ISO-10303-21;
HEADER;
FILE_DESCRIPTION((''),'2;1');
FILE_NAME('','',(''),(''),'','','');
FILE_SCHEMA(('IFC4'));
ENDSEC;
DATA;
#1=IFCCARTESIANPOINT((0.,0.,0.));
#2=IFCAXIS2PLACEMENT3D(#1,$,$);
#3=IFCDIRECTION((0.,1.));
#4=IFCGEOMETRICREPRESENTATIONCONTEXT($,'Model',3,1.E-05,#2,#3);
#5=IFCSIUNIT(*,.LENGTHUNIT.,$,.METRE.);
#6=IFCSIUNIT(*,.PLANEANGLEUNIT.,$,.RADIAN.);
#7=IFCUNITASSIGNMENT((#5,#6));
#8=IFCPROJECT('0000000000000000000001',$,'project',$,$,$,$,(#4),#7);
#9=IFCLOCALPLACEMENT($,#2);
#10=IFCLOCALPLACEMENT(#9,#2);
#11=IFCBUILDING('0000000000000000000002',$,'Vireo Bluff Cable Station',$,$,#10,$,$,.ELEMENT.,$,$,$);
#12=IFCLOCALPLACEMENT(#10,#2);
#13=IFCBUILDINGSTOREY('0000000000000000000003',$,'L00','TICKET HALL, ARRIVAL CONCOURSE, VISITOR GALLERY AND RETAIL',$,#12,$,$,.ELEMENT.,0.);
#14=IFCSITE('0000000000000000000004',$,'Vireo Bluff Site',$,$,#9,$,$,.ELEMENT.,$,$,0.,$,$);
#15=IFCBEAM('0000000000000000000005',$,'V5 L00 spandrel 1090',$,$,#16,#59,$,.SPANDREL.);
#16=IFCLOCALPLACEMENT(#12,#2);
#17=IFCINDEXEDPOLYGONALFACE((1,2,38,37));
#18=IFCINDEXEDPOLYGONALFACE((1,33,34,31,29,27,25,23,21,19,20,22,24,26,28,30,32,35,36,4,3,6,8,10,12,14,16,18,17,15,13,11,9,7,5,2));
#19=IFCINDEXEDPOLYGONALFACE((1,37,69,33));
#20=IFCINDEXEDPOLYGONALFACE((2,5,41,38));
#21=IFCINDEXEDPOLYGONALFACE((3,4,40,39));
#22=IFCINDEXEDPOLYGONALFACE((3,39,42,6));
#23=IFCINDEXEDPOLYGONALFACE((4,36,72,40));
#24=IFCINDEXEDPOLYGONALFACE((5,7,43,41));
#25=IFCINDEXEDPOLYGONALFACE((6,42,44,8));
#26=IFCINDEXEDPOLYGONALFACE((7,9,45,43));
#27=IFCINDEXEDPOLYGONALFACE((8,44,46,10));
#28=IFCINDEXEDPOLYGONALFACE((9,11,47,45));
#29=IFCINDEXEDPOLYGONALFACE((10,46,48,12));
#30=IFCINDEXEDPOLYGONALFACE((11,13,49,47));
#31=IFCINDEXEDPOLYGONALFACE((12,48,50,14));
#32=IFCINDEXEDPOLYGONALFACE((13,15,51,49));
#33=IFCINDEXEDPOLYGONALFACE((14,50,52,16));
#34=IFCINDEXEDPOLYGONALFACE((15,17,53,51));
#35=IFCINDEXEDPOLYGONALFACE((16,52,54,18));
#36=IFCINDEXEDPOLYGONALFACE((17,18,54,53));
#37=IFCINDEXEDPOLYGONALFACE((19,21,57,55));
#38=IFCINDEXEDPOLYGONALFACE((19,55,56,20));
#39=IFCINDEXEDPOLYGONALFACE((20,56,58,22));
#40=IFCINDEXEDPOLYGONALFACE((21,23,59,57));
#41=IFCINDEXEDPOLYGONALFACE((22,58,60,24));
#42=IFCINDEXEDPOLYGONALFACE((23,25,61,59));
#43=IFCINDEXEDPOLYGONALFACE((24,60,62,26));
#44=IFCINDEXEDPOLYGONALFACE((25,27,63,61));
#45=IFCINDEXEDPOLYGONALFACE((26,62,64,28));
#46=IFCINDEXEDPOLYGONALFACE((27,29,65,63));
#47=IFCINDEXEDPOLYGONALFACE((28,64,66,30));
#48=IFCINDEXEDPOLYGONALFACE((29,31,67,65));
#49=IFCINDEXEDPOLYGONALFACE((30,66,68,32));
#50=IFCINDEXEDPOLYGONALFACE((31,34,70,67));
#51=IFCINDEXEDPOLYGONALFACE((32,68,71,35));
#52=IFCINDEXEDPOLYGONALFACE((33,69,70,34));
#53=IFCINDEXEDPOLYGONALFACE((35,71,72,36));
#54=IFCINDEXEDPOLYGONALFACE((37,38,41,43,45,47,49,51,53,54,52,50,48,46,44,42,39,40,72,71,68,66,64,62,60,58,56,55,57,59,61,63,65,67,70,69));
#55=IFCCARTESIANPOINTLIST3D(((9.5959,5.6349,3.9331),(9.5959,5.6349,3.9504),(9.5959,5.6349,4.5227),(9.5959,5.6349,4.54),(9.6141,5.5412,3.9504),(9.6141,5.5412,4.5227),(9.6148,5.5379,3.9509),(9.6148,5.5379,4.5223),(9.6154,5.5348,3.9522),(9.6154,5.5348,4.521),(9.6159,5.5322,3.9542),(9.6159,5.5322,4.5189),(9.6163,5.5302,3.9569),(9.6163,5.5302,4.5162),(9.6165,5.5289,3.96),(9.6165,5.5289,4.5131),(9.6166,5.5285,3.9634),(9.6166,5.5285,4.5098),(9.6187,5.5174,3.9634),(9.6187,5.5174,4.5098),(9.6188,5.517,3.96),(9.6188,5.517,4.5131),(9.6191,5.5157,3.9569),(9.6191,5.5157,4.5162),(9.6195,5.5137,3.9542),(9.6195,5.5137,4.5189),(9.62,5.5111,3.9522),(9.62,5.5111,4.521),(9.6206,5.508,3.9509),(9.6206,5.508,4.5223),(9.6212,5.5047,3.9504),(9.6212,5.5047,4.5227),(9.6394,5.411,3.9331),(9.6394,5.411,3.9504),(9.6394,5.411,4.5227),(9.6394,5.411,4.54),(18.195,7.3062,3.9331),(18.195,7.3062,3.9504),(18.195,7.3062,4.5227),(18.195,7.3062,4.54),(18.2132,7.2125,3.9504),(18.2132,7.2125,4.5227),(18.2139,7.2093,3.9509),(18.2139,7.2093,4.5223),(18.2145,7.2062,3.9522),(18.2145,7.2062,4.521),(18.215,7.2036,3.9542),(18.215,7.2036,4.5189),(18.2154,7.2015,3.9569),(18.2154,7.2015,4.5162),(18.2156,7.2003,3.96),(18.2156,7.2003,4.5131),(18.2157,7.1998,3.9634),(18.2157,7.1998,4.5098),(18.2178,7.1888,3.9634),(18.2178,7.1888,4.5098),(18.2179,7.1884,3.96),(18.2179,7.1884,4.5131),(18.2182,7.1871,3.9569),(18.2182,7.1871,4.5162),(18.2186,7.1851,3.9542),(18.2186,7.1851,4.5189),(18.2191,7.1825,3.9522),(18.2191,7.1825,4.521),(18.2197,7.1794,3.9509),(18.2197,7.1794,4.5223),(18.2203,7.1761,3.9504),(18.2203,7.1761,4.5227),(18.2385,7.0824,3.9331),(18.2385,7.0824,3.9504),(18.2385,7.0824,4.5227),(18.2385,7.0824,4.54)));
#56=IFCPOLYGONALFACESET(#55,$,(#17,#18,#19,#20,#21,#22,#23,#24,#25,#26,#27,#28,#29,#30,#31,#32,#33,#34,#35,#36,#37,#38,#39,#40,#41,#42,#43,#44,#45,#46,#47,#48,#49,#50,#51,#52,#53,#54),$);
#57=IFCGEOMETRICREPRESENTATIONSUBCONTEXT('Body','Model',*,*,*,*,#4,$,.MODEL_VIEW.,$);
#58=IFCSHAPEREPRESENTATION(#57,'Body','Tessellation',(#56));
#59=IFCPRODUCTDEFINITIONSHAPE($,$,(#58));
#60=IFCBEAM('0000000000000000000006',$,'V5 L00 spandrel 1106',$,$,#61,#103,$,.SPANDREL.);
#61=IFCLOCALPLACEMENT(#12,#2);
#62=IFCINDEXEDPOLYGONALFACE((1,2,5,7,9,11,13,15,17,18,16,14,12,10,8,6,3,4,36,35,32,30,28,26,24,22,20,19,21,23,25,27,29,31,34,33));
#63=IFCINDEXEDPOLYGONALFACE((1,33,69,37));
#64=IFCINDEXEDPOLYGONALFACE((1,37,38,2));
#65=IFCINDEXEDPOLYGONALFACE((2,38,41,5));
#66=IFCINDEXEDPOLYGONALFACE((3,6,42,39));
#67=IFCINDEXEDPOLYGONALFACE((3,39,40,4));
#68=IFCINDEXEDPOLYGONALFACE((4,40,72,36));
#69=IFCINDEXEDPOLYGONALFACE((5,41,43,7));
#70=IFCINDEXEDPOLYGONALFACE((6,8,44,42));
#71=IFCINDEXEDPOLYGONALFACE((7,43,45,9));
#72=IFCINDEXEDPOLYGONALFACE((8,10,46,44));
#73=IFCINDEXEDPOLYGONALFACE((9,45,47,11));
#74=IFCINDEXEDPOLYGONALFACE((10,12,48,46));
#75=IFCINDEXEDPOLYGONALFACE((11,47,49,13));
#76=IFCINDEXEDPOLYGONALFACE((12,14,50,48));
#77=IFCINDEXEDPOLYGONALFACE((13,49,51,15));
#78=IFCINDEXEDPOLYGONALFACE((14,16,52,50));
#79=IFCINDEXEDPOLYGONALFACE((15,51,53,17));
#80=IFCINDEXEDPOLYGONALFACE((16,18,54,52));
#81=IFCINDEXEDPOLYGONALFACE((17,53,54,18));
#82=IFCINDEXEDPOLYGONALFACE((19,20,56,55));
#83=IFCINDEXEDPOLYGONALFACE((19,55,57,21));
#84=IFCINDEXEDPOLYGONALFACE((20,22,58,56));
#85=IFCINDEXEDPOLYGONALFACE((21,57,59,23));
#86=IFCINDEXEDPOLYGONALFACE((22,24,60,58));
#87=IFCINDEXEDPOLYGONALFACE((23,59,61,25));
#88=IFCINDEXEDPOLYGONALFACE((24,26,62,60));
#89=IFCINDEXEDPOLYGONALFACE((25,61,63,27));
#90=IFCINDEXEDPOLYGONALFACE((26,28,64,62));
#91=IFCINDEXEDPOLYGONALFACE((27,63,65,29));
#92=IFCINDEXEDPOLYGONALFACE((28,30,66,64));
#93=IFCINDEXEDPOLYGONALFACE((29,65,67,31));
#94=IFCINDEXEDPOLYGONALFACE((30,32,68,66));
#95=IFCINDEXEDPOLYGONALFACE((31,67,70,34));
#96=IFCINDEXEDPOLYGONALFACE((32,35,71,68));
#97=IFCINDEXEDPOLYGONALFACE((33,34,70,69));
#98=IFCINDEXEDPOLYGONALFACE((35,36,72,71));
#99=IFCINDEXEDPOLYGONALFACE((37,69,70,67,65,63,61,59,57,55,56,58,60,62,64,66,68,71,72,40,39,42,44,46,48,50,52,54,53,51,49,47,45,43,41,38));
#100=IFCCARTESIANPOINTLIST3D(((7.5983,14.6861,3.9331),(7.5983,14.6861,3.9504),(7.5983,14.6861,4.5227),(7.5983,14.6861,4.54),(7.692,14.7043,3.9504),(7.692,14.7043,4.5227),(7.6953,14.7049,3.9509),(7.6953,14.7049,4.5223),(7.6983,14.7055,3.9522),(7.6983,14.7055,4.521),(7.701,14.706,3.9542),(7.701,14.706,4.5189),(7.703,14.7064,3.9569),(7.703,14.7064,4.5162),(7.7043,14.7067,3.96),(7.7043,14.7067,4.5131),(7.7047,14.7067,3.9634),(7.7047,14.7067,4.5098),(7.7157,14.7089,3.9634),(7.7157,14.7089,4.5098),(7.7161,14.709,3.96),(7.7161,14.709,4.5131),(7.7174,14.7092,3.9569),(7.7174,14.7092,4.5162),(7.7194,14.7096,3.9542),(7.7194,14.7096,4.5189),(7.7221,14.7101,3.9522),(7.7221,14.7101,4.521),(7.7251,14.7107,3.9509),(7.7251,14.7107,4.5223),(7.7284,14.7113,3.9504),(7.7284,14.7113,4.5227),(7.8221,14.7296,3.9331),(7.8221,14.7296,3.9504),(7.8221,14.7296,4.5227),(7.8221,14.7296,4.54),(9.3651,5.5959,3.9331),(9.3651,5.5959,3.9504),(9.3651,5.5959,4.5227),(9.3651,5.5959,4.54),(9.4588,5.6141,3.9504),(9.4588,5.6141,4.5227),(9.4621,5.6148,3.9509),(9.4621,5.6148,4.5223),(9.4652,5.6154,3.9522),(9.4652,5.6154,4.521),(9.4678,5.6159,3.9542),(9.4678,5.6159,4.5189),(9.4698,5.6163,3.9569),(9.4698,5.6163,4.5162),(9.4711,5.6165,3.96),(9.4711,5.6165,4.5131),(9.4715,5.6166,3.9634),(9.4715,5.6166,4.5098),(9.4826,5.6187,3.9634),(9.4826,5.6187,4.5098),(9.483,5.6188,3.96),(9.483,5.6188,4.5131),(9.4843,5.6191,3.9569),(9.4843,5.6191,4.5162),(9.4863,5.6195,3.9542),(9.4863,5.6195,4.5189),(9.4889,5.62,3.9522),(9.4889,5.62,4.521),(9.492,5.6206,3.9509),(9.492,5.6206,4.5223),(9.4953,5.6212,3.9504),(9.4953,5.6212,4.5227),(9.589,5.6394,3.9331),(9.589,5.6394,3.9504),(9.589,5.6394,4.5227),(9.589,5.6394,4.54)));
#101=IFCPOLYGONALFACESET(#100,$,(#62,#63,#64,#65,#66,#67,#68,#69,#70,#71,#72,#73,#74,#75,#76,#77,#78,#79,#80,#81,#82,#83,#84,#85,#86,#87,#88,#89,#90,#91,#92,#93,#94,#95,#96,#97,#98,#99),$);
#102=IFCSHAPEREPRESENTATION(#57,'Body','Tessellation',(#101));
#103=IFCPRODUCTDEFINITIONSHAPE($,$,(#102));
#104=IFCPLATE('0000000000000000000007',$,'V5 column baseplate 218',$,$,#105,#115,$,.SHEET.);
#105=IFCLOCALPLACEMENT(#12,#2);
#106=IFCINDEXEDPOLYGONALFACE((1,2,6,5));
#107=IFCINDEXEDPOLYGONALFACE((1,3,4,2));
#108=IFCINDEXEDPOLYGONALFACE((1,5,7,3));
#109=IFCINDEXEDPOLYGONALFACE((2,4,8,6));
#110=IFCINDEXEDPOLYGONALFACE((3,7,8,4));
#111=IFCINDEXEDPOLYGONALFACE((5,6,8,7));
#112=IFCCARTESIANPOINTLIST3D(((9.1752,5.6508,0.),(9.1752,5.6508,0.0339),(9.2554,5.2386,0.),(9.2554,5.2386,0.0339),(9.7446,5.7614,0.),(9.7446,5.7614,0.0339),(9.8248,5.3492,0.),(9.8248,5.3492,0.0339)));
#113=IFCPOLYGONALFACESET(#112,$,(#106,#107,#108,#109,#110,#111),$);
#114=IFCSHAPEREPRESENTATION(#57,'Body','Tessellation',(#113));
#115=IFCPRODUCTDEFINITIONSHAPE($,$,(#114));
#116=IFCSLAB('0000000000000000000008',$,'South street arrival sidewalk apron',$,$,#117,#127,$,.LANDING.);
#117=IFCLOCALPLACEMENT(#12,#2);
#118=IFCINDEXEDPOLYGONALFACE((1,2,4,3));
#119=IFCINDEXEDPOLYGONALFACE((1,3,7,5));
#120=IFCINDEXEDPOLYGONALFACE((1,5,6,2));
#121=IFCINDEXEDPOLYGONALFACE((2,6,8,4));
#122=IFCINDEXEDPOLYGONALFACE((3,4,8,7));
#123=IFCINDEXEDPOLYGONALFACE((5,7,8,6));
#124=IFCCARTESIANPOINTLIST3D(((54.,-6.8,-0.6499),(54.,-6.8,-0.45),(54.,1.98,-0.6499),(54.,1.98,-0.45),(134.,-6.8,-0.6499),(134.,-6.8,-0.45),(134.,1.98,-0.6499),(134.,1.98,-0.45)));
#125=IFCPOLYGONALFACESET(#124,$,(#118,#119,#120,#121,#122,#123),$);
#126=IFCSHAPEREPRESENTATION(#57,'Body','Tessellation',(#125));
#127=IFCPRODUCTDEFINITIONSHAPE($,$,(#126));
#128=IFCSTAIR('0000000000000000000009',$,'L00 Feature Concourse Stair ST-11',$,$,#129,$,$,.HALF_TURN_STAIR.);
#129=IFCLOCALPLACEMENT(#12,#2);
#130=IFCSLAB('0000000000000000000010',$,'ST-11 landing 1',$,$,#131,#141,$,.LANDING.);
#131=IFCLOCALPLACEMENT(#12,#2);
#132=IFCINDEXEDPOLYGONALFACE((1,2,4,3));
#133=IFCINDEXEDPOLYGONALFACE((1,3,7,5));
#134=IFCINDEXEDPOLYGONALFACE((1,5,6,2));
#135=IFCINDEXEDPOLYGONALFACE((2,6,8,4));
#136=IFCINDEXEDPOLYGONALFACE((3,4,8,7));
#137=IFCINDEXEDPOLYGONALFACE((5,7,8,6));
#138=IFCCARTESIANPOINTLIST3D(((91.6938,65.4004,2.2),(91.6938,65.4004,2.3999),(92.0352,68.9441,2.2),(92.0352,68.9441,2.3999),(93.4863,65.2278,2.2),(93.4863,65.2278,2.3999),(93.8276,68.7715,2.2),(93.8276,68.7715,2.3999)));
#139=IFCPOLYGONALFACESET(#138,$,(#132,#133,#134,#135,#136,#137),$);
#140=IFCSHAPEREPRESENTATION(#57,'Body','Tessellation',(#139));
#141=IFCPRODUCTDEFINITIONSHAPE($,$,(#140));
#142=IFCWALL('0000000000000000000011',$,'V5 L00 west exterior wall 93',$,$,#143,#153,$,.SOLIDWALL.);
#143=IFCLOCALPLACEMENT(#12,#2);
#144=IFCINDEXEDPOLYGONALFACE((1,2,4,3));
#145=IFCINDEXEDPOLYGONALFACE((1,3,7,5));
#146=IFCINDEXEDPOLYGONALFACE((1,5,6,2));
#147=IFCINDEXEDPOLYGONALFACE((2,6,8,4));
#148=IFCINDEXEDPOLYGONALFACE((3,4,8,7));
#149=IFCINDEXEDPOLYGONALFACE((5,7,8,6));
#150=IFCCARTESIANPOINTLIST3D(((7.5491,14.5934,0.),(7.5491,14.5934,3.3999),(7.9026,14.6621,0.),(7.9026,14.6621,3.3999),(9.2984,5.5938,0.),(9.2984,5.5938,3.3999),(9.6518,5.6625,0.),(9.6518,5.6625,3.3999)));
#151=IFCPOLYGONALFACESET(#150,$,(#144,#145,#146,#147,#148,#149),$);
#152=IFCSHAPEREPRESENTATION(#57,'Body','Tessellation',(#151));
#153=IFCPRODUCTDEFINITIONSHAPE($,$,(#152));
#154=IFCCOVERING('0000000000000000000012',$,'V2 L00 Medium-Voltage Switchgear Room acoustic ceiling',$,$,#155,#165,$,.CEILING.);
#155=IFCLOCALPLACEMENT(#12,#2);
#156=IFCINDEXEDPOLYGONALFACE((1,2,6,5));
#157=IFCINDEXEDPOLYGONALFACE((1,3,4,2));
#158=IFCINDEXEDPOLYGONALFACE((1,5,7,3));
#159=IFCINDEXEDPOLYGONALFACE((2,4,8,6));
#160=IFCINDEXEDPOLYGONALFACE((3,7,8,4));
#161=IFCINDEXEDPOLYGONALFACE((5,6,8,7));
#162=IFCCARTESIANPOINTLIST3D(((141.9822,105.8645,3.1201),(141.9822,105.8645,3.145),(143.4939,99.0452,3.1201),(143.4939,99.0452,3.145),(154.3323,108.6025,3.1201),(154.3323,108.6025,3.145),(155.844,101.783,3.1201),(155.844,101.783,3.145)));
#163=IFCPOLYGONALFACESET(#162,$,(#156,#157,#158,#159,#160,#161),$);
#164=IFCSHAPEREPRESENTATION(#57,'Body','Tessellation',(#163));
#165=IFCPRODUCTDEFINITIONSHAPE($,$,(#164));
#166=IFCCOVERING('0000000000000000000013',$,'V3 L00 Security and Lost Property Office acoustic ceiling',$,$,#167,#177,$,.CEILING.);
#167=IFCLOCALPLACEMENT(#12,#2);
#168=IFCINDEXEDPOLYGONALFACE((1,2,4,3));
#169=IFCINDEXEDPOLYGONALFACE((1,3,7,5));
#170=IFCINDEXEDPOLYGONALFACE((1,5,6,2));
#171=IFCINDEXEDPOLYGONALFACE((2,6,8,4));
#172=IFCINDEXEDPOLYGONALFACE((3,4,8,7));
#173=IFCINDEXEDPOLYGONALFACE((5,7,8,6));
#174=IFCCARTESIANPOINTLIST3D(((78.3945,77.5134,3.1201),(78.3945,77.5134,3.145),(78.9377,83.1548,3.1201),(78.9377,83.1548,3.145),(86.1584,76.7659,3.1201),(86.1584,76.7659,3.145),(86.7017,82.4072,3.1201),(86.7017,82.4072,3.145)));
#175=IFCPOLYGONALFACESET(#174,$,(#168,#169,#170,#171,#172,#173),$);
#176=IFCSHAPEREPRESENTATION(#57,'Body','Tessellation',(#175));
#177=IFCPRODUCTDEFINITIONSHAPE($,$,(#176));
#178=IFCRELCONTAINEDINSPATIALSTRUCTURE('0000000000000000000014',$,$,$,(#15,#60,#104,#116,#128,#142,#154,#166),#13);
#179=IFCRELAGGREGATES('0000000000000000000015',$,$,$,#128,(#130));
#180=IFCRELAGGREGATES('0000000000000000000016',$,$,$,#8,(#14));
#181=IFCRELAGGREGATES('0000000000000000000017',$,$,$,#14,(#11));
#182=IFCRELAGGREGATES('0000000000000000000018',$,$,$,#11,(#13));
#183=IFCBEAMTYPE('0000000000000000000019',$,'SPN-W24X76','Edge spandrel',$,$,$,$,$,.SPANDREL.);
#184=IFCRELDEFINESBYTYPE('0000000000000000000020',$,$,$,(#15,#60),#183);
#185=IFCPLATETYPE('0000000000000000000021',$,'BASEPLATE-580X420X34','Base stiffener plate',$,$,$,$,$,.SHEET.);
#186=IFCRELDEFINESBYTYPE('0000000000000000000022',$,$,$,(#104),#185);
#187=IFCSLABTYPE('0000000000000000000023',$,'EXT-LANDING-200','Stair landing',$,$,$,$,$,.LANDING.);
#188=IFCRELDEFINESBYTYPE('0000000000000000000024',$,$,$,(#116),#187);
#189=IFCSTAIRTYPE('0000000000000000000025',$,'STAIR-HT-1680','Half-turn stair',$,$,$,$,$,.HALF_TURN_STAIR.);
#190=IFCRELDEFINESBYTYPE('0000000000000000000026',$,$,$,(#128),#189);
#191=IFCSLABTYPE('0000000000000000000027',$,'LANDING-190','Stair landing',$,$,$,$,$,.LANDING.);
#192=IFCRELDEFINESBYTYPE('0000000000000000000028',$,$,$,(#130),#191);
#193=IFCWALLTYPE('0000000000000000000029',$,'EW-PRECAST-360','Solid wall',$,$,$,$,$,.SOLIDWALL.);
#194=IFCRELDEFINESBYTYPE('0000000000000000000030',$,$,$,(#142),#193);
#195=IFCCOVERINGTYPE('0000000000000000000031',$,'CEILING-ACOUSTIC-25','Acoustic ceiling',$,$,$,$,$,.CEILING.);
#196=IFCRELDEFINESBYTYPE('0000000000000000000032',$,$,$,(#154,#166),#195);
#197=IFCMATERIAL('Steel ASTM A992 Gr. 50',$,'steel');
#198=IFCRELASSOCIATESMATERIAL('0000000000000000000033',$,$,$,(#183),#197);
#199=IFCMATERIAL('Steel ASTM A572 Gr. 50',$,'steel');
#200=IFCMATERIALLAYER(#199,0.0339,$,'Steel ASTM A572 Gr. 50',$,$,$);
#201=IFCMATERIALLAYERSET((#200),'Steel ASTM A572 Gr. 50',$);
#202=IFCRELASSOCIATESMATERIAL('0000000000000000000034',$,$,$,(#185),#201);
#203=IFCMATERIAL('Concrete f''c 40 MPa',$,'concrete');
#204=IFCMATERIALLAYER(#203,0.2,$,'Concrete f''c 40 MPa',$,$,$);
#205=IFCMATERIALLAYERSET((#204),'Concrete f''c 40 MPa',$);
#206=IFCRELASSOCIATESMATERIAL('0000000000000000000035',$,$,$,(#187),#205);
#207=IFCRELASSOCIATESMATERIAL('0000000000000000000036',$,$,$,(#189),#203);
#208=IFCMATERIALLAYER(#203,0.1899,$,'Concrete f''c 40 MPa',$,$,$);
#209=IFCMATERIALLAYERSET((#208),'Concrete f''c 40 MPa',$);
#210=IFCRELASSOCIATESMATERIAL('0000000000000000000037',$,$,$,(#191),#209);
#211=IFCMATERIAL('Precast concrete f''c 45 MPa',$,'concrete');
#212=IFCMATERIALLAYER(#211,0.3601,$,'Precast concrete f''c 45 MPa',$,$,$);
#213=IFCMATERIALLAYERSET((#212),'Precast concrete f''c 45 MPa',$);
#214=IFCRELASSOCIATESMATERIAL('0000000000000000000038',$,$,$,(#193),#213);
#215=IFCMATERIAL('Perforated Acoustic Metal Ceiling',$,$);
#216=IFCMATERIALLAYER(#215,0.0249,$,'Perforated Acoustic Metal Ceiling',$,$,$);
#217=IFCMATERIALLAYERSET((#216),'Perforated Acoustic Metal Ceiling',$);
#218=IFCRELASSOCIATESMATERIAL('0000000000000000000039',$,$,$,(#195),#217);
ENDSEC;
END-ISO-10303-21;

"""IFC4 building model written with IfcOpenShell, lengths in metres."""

from ifc_helpers import new_model, si_unit, direction, frame, frame_2d, origin, origin_2d, place, context, subcontext, project, spatial, polyline, rectangle, i_section, outline, extrude, material, layer, layer_set, material_profile, profile_set, type_object, element, aggregate, save


model = new_model("IFC4")

# Units and contexts
model_context = context("Model", 3, precision=1e-05, world=origin(), true_north=direction((0.0, 1.0)))
body_context = subcontext(model_context, "Body", "Model", "MODEL_VIEW")
ifc_project = project(units=[si_unit("LENGTHUNIT", "METRE"), si_unit("PLANEANGLEUNIT", "RADIAN")], contexts=[model_context])

# Site, building, storey
site_placement = place(None, origin())
site = spatial("IfcSite", under=ifc_project, at=site_placement, Name="Vireo Bluff Site", CompositionType="ELEMENT", RefElevation=0.0)
building_placement = place(site_placement, origin())
building = spatial("IfcBuilding", under=site, at=building_placement, Name="Vireo Bluff Cable Station", CompositionType="ELEMENT")
storey_placement = place(building_placement, origin())
storey = spatial("IfcBuildingStorey", under=building, at=storey_placement, Name="L00", Description="TICKET HALL, ARRIVAL CONCOURSE, VISITOR GALLERY AND RETAIL", CompositionType="ELEMENT", Elevation=0.0)

# Shared definitions
ifc_material_1 = material(Name="Concrete f'c 40 MPa", Category="concrete")

# Shared definitions
ifc_material_2 = material(Name="Steel ASTM A992 Gr. 50", Category="steel")

# Beams
ifc_material_profile_1 = material_profile(ifc_material_2, i_section(OverallWidth=0.228, OverallDepth=0.6069, WebThickness=0.0112, FlangeThickness=0.0173, FilletRadius=0.0129, at=origin_2d()), Name="W24X76")
ifc_profile_set_1 = profile_set([ifc_material_profile_1], Name="Steel ASTM A992 Gr. 50")
beam_type = type_object("IfcBeamType", Name="SPN-W24X76", Description="Edge spandrel", PredefinedType="SPANDREL", material=ifc_profile_set_1)
beam_1_placement = place(storey_placement, frame((9.6177, 5.5229, 4.2366), z_axis=(0.98163, 0.190797, 0.0), x_axis=(-0.190797, 0.98163, 0.0)))
element("IfcBeam", 1, at=beam_1_placement, inside=storey, type_object=beam_type, Name="V5 L00 spandrel 1090", PredefinedType="SPANDREL", context=body_context, shape_type="SweptSolid", body=[
    extrude(i_section(OverallWidth=0.228, OverallDepth=0.6069, WebThickness=0.0112, FlangeThickness=0.0173, FilletRadius=0.0129, at=origin_2d()), origin(), (0.0, 0.0, 1.0), 8.76),
])
beam_2_placement = place(storey_placement, frame((9.4771, 5.6177, 4.2366), z_axis=(-0.1908, 0.981629, 0.0), x_axis=(-0.981629, -0.1908, 0.0)))
element("IfcBeam", 2, at=beam_2_placement, inside=storey, type_object=beam_type, Name="V5 L00 spandrel 1106", PredefinedType="SPANDREL", context=body_context, shape_type="SweptSolid", body=[
    extrude(i_section(OverallWidth=0.228, OverallDepth=0.6069, WebThickness=0.0112, FlangeThickness=0.0173, FilletRadius=0.0129, at=origin_2d()), origin(), (0.0, 0.0, 1.0), 9.2603),
])

# Plate
ifc_material_3 = material(Name="Steel ASTM A572 Gr. 50", Category="steel")
ifc_layer_1 = layer(ifc_material_3, 0.0339, Name="Steel ASTM A572 Gr. 50")
ifc_layer_set_1 = layer_set([ifc_layer_1], Name="Steel ASTM A572 Gr. 50")
plate_type = type_object("IfcPlateType", Name="BASEPLATE-580X420X34", Description="Base stiffener plate", PredefinedType="SHEET", material=ifc_layer_set_1)
plate_placement = place(storey_placement, frame((9.5, 5.5, 0.0), z_axis=(0.0, 0.0, 1.0), x_axis=(0.981627, 0.190809, 0.0)))
element("IfcPlate", 3, at=plate_placement, inside=storey, type_object=plate_type, Name="V5 column baseplate 218", PredefinedType="SHEET", context=body_context, shape_type="SweptSolid", body=[
    extrude(rectangle(XDim=0.5801, YDim=0.4199, at=origin_2d()), origin(), (0.0, 0.0, 1.0), 0.0339),
])

# Slab
ifc_layer_2 = layer(ifc_material_1, 0.2, Name="Concrete f'c 40 MPa")
ifc_layer_set_2 = layer_set([ifc_layer_2], Name="Concrete f'c 40 MPa")
slab_type_1 = type_object("IfcSlabType", Name="EXT-LANDING-200", Description="Stair landing", PredefinedType="LANDING", material=ifc_layer_set_2)
slab_1_placement = place(storey_placement, frame((0.0, 0.0, -0.6499)))
element("IfcSlab", 4, at=slab_1_placement, inside=storey, type_object=slab_type_1, Name="South street arrival sidewalk apron", PredefinedType="LANDING", context=body_context, shape_type="SweptSolid", body=[
    extrude(outline(polyline([(54.0, -6.8), (134.0, -6.8), (134.0, 1.98), (54.0, 1.98), (54.0, -6.8)])), origin(), (0.0, 0.0, 1.0), 0.2),
])

# Stair, slab
stair_type = type_object("IfcStairType", Name="STAIR-HT-1680", Description="Half-turn stair", PredefinedType="HALF_TURN_STAIR", material=ifc_material_1)
stair_placement = place(storey_placement, origin())
stair = element("IfcStair", 5, at=stair_placement, inside=storey, type_object=stair_type, Name="L00 Feature Concourse Stair ST-11", PredefinedType="HALF_TURN_STAIR")
ifc_layer_3 = layer(ifc_material_1, 0.1899, Name="Concrete f'c 40 MPa")
ifc_layer_set_3 = layer_set([ifc_layer_3], Name="Concrete f'c 40 MPa")
slab_type_2 = type_object("IfcSlabType", Name="LANDING-190", Description="Stair landing", PredefinedType="LANDING", material=ifc_layer_set_3)
slab_2_placement = place(storey_placement, frame((0.0, 0.0, 2.2)))
slab_2 = element("IfcSlab", 6, at=slab_2_placement, type_object=slab_type_2, Name="ST-11 landing 1", PredefinedType="LANDING", context=body_context, shape_type="SweptSolid", body=[
    extrude(outline(polyline([(91.6938, 65.4004), (93.4863, 65.2278), (93.8276, 68.7715), (92.0352, 68.9441), (91.6938, 65.4004)])), origin(), (0.0, 0.0, 1.0), 0.2),
])
aggregate(stair, [slab_2])

# Wall
ifc_material_4 = material(Name="Precast concrete f'c 45 MPa", Category="concrete")
ifc_layer_4 = layer(ifc_material_4, 0.3601, Name="Precast concrete f'c 45 MPa")
ifc_layer_set_4 = layer_set([ifc_layer_4], Name="Precast concrete f'c 45 MPa")
wall_type = type_object("IfcWallType", Name="EW-PRECAST-360", Description="Solid wall", PredefinedType="SOLIDWALL", material=ifc_layer_set_4)
wall_placement = place(storey_placement, frame((9.4751, 5.6282, 0.0), z_axis=(0.0, 0.0, 1.0), x_axis=(-0.190803, 0.981628, 0.0)))
element("IfcWall", 7, at=wall_placement, inside=storey, type_object=wall_type, Name="V5 L00 west exterior wall 93", PredefinedType="SOLIDWALL", context=body_context, shape_type="SweptSolid", body=[
    extrude(rectangle(XDim=9.168, YDim=0.3601, at=frame_2d((4.584, 0.0))), origin(), (0.0, 0.0, 1.0), 3.3999),
])

# Coverings
ifc_material_5 = material(Name="Perforated Acoustic Metal Ceiling")
ifc_layer_5 = layer(ifc_material_5, 0.0249, Name="Perforated Acoustic Metal Ceiling")
ifc_layer_set_5 = layer_set([ifc_layer_5], Name="Perforated Acoustic Metal Ceiling")
covering_type_1 = type_object("IfcCoveringType", Name="CEILING-ACOUSTIC-25", Description="Acoustic ceiling", PredefinedType="CEILING", material=ifc_layer_set_5)
covering_1_placement = place(storey_placement, frame((0.0, 0.0, 3.1201)))
element("IfcCovering", 8, at=covering_1_placement, inside=storey, type_object=covering_type_1, Name="V2 L00 Medium-Voltage Switchgear Room acoustic ceiling", PredefinedType="CEILING", context=body_context, shape_type="SweptSolid", body=[
    extrude(outline(polyline([(143.4939, 99.0452), (155.844, 101.783), (154.3323, 108.6025), (141.9822, 105.8645), (143.4939, 99.0452)])), origin(), (0.0, 0.0, 1.0), 0.0249),
])
covering_2_placement = place(storey_placement, frame((0.0, 0.0, 3.1201)))
element("IfcCovering", 9, at=covering_2_placement, inside=storey, type_object=covering_type_1, Name="V3 L00 Security and Lost Property Office acoustic ceiling", PredefinedType="CEILING", context=body_context, shape_type="SweptSolid", body=[
    extrude(outline(polyline([(78.3945, 77.5134), (86.1584, 76.7659), (86.7017, 82.4072), (78.9377, 83.1548), (78.3945, 77.5134)])), origin(), (0.0, 0.0, 1.0), 0.0249),
])

save(model, "model.ifc")
